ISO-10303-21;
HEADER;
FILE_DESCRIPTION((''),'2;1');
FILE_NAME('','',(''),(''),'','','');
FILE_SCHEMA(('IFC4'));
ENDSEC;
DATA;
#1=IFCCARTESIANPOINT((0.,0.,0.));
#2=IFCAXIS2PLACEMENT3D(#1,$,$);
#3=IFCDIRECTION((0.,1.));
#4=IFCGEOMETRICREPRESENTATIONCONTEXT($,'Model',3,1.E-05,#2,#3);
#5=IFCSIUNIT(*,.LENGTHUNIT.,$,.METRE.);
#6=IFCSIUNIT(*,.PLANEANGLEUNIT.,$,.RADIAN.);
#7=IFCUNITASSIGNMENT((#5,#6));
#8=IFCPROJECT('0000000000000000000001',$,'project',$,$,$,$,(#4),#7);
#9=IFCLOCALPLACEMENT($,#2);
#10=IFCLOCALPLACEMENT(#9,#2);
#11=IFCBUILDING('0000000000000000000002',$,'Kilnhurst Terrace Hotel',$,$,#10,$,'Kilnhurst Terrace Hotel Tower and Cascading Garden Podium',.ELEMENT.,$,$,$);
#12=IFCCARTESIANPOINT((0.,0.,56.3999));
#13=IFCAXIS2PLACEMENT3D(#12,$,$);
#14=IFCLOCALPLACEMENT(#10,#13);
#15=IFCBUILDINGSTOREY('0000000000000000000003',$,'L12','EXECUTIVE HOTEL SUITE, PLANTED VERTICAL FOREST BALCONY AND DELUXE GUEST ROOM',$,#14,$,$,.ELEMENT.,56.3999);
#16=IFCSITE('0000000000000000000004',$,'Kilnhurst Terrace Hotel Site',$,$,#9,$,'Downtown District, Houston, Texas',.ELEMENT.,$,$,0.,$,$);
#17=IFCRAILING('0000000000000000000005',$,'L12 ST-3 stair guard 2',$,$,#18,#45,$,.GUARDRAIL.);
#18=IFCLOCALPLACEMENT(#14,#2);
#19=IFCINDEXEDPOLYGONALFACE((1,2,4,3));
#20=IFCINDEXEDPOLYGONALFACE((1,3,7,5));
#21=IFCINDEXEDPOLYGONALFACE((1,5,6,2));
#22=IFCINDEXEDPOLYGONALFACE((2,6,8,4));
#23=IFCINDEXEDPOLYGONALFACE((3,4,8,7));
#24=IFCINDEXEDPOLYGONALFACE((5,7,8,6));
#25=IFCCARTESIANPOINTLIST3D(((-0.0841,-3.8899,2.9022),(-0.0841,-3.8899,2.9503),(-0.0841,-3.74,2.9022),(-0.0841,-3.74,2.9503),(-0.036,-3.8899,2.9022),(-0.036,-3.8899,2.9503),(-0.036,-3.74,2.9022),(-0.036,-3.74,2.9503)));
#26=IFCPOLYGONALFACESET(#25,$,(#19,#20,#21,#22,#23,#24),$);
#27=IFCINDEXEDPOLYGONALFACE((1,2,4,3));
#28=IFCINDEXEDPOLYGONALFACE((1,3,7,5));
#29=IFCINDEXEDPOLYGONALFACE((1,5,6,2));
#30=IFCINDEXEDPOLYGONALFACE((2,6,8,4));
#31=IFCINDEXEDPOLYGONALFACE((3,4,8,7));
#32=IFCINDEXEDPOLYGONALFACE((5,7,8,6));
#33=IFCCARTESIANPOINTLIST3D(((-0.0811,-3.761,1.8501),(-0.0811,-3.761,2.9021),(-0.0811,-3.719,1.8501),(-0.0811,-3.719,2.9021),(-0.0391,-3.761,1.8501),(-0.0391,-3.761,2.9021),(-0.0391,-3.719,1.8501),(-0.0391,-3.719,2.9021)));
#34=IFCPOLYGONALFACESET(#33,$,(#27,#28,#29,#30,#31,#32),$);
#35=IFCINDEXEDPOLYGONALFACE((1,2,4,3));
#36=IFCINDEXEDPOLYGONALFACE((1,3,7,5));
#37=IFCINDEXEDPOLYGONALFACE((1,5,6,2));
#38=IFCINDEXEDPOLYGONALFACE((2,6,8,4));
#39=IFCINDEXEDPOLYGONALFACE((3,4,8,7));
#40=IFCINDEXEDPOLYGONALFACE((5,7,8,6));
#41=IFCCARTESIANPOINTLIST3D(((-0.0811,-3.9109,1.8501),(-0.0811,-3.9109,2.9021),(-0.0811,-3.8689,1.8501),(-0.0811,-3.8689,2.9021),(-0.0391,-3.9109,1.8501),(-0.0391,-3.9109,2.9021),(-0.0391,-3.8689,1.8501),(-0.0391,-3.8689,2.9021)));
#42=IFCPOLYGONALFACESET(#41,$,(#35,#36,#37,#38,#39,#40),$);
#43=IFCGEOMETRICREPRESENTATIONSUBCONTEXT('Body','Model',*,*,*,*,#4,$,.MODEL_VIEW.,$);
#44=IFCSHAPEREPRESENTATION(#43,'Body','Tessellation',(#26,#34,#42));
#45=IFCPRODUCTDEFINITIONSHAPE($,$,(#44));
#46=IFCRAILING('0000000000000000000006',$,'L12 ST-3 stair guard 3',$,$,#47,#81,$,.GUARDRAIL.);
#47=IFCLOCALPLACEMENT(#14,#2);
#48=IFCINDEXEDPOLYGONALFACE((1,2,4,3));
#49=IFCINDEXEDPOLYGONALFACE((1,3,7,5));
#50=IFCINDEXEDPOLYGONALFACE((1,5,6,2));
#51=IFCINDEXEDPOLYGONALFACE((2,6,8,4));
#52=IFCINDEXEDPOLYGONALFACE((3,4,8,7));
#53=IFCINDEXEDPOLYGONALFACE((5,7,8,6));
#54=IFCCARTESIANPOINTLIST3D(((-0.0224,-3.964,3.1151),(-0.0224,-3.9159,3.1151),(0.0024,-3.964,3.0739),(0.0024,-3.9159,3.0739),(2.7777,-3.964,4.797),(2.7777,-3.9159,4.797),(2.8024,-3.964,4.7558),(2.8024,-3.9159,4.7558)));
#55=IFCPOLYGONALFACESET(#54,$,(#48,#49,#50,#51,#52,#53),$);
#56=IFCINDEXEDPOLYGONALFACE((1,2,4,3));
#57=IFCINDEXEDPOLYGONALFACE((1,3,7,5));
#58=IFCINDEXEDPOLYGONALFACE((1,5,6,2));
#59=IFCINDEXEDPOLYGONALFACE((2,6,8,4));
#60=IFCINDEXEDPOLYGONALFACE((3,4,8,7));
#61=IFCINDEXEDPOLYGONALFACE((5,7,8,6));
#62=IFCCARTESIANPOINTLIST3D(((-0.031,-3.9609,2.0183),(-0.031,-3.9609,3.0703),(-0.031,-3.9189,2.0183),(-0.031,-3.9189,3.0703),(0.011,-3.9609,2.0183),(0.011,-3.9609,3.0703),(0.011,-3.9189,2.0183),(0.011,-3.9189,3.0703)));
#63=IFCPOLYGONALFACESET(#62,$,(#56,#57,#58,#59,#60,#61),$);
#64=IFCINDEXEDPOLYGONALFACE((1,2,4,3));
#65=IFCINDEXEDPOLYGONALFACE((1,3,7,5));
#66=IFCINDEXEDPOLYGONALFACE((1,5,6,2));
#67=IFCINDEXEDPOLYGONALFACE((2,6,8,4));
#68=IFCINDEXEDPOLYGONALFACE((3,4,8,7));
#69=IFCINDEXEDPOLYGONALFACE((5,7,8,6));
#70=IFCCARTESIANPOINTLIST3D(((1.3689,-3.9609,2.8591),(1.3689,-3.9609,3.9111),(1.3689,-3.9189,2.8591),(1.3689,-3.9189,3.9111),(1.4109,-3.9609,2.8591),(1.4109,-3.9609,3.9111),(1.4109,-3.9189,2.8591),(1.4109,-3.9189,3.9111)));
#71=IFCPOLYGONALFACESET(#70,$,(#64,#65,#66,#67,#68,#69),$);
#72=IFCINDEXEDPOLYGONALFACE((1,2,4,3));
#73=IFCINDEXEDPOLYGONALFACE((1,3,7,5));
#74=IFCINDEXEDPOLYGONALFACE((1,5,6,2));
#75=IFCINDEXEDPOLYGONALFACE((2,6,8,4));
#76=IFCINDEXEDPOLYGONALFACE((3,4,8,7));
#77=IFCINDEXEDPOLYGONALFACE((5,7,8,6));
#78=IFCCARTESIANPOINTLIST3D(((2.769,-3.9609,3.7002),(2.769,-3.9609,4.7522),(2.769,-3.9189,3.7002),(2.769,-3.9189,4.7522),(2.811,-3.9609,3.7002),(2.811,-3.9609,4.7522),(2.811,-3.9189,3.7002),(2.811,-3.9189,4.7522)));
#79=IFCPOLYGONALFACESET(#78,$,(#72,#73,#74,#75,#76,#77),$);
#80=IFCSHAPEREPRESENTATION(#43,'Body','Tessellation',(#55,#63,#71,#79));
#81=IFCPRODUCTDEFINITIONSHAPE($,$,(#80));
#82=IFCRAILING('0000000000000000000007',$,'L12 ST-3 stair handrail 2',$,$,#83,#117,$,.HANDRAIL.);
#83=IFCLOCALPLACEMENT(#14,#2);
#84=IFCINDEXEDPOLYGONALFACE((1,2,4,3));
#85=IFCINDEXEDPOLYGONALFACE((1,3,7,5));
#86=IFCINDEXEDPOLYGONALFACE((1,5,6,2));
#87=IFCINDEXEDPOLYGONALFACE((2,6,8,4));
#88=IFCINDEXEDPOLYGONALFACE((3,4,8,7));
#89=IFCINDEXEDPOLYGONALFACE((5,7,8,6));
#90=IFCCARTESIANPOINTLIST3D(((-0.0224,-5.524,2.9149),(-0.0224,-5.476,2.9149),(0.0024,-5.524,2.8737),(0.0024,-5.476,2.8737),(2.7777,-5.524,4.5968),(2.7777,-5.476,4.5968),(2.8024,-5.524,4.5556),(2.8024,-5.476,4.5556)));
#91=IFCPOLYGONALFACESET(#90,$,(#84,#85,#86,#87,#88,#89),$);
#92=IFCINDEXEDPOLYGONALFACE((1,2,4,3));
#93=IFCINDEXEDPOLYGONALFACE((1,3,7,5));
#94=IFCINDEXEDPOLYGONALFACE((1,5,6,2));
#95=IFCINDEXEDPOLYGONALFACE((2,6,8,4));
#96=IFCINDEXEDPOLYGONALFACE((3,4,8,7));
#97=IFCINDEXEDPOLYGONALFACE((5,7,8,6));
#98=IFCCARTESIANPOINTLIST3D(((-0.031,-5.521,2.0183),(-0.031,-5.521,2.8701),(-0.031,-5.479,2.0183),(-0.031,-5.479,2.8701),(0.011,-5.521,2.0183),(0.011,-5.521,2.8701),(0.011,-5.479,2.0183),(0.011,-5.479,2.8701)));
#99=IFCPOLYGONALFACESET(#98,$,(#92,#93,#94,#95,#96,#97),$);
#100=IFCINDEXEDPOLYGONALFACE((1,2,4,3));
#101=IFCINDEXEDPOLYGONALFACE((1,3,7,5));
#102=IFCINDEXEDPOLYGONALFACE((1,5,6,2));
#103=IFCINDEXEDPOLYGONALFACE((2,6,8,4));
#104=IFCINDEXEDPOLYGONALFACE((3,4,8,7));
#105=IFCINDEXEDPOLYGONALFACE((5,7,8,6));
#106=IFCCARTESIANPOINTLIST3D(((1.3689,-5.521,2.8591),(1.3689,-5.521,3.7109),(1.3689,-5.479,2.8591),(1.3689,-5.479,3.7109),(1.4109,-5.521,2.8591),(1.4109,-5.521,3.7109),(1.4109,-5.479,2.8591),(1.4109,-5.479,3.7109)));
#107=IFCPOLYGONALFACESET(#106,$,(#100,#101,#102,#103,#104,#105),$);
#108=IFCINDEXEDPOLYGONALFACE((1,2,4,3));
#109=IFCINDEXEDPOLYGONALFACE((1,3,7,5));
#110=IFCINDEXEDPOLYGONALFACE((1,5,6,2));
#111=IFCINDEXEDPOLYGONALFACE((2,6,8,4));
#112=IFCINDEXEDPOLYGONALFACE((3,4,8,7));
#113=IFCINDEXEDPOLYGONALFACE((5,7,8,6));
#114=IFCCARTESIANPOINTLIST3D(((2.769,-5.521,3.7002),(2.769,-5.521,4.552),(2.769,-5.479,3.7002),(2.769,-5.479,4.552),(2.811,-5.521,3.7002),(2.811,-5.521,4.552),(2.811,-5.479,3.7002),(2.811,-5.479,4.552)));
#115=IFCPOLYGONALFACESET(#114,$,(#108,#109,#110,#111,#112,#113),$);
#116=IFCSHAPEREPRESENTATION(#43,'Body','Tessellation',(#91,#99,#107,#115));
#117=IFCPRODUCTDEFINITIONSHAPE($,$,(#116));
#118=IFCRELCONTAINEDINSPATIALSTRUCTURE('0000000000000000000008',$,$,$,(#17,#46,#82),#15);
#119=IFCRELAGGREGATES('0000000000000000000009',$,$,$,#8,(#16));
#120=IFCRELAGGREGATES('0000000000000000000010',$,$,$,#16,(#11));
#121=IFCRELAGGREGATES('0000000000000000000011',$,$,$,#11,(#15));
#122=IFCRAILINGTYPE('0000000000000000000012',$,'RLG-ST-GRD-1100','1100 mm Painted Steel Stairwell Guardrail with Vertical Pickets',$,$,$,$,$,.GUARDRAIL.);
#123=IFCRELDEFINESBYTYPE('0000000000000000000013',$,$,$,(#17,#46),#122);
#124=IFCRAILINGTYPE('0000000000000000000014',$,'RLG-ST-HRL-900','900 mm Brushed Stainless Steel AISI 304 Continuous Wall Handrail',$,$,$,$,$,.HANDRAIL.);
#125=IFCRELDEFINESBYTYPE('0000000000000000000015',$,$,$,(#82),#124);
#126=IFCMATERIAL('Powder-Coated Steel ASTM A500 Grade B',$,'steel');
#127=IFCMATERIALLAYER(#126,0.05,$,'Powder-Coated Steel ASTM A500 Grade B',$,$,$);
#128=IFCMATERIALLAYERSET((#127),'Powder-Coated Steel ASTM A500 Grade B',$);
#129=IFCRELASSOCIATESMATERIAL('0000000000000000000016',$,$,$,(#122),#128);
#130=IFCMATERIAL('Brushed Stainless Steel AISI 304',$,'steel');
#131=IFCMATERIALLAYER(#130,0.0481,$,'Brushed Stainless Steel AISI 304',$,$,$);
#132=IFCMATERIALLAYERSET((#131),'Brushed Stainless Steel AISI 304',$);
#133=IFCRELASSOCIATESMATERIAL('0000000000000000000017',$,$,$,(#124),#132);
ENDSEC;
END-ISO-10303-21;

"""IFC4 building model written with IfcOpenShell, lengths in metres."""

from ifc_helpers import new_model, si_unit, direction, frame, origin, origin_2d, place, context, subcontext, project, spatial, rectangle, extrude, material, layer, layer_set, type_object, element, save


model = new_model("IFC4")

# Units and contexts
model_context = context("Model", 3, precision=1e-05, world=origin(), true_north=direction((0.0, 1.0)))
body_context = subcontext(model_context, "Body", "Model", "MODEL_VIEW")
ifc_project = project(units=[si_unit("LENGTHUNIT", "METRE"), si_unit("PLANEANGLEUNIT", "RADIAN")], contexts=[model_context])

# Site, building, storey
site_placement = place(None, origin())
site = spatial("IfcSite", under=ifc_project, at=site_placement, Name="Kilnhurst Terrace Hotel Site", LongName="Downtown District, Houston, Texas", CompositionType="ELEMENT", RefElevation=0.0)
building_placement = place(site_placement, origin())
building = spatial("IfcBuilding", under=site, at=building_placement, Name="Kilnhurst Terrace Hotel", LongName="Kilnhurst Terrace Hotel Tower and Cascading Garden Podium", CompositionType="ELEMENT")
storey_placement = place(building_placement, frame((0.0, 0.0, 56.3999)))
storey = spatial("IfcBuildingStorey", under=building, at=storey_placement, Name="L12", Description="EXECUTIVE HOTEL SUITE, PLANTED VERTICAL FOREST BALCONY AND DELUXE GUEST ROOM", CompositionType="ELEMENT", Elevation=56.3999)

# Railings
ifc_material_1 = material(Name="Powder-Coated Steel ASTM A500 Grade B", Category="steel")
ifc_layer_1 = layer(ifc_material_1, 0.05, Name="Powder-Coated Steel ASTM A500 Grade B")
ifc_layer_set_1 = layer_set([ifc_layer_1], Name="Powder-Coated Steel ASTM A500 Grade B")
railing_type_1 = type_object("IfcRailingType", Name="RLG-ST-GRD-1100", Description="1100 mm Painted Steel Stairwell Guardrail with Vertical Pickets", PredefinedType="GUARDRAIL", material=ifc_layer_set_1)
railing_1_placement = place(storey_placement, frame((-0.0601, -3.74, 1.8501)))
element("IfcRailing", 1, at=railing_1_placement, inside=storey, type_object=railing_type_1, Name="L12 ST-3 stair guard 2", PredefinedType="GUARDRAIL", context=body_context, shape_type="SweptSolid", body=[
    extrude(rectangle(XDim=0.0481, YDim=0.0481, at=origin_2d()), frame((0.0, 0.0, 1.0762), z_axis=(0.0, -1.0, 0.0), x_axis=(1.0, 0.0, 0.0)), (0.0, 0.0, 1.0), 0.1499),
    extrude(rectangle(XDim=0.042, YDim=0.042, at=origin_2d()), origin(), (0.0, 0.0, 1.0), 1.052),
    extrude(rectangle(XDim=0.042, YDim=0.042, at=origin_2d()), frame((0.0, -0.1499, 0.0)), (0.0, 0.0, 1.0), 1.052),
])
railing_2_placement = place(storey_placement, frame((-0.01, -3.9399, 2.0183)))
element("IfcRailing", 2, at=railing_2_placement, inside=storey, type_object=railing_type_1, Name="L12 ST-3 stair guard 3", PredefinedType="GUARDRAIL", context=body_context, shape_type="SweptSolid", body=[
    extrude(rectangle(XDim=0.0481, YDim=0.0481, at=origin_2d()), frame((0.0, 0.0, 1.0762), z_axis=(0.857242, 0.0, 0.514913), x_axis=(0.0, 1.0, 0.0)), (0.0, 0.0, 1.0), 3.2664),
    extrude(rectangle(XDim=0.042, YDim=0.042, at=origin_2d()), origin(), (0.0, 0.0, 1.0), 1.052),
    extrude(rectangle(XDim=0.042, YDim=0.042, at=origin_2d()), frame((1.3999, 0.0, 0.8408)), (0.0, 0.0, 1.0), 1.052),
    extrude(rectangle(XDim=0.042, YDim=0.042, at=origin_2d()), frame((2.8, 0.0, 1.6819)), (0.0, 0.0, 1.0), 1.052),
])
ifc_material_2 = material(Name="Brushed Stainless Steel AISI 304", Category="steel")
ifc_layer_2 = layer(ifc_material_2, 0.0481, Name="Brushed Stainless Steel AISI 304")
ifc_layer_set_2 = layer_set([ifc_layer_2], Name="Brushed Stainless Steel AISI 304")
railing_type_2 = type_object("IfcRailingType", Name="RLG-ST-HRL-900", Description="900 mm Brushed Stainless Steel AISI 304 Continuous Wall Handrail", PredefinedType="HANDRAIL", material=ifc_layer_set_2)
railing_3_placement = place(storey_placement, frame((-0.01, -5.5, 2.0183)))
element("IfcRailing", 3, at=railing_3_placement, inside=storey, type_object=railing_type_2, Name="L12 ST-3 stair handrail 2", PredefinedType="HANDRAIL", context=body_context, shape_type="SweptSolid", body=[
    extrude(rectangle(XDim=0.0481, YDim=0.0481, at=origin_2d()), frame((0.0, 0.0, 0.876), z_axis=(0.857242, 0.0, 0.514913), x_axis=(0.0, 1.0, 0.0)), (0.0, 0.0, 1.0), 3.2664),
    extrude(rectangle(XDim=0.042, YDim=0.042, at=origin_2d()), origin(), (0.0, 0.0, 1.0), 0.8518),
    extrude(rectangle(XDim=0.042, YDim=0.042, at=origin_2d()), frame((1.3999, 0.0, 0.8408)), (0.0, 0.0, 1.0), 0.8518),
    extrude(rectangle(XDim=0.042, YDim=0.042, at=origin_2d()), frame((2.8, 0.0, 1.6819)), (0.0, 0.0, 1.0), 0.8518),
])

save(model, "model.ifc")
